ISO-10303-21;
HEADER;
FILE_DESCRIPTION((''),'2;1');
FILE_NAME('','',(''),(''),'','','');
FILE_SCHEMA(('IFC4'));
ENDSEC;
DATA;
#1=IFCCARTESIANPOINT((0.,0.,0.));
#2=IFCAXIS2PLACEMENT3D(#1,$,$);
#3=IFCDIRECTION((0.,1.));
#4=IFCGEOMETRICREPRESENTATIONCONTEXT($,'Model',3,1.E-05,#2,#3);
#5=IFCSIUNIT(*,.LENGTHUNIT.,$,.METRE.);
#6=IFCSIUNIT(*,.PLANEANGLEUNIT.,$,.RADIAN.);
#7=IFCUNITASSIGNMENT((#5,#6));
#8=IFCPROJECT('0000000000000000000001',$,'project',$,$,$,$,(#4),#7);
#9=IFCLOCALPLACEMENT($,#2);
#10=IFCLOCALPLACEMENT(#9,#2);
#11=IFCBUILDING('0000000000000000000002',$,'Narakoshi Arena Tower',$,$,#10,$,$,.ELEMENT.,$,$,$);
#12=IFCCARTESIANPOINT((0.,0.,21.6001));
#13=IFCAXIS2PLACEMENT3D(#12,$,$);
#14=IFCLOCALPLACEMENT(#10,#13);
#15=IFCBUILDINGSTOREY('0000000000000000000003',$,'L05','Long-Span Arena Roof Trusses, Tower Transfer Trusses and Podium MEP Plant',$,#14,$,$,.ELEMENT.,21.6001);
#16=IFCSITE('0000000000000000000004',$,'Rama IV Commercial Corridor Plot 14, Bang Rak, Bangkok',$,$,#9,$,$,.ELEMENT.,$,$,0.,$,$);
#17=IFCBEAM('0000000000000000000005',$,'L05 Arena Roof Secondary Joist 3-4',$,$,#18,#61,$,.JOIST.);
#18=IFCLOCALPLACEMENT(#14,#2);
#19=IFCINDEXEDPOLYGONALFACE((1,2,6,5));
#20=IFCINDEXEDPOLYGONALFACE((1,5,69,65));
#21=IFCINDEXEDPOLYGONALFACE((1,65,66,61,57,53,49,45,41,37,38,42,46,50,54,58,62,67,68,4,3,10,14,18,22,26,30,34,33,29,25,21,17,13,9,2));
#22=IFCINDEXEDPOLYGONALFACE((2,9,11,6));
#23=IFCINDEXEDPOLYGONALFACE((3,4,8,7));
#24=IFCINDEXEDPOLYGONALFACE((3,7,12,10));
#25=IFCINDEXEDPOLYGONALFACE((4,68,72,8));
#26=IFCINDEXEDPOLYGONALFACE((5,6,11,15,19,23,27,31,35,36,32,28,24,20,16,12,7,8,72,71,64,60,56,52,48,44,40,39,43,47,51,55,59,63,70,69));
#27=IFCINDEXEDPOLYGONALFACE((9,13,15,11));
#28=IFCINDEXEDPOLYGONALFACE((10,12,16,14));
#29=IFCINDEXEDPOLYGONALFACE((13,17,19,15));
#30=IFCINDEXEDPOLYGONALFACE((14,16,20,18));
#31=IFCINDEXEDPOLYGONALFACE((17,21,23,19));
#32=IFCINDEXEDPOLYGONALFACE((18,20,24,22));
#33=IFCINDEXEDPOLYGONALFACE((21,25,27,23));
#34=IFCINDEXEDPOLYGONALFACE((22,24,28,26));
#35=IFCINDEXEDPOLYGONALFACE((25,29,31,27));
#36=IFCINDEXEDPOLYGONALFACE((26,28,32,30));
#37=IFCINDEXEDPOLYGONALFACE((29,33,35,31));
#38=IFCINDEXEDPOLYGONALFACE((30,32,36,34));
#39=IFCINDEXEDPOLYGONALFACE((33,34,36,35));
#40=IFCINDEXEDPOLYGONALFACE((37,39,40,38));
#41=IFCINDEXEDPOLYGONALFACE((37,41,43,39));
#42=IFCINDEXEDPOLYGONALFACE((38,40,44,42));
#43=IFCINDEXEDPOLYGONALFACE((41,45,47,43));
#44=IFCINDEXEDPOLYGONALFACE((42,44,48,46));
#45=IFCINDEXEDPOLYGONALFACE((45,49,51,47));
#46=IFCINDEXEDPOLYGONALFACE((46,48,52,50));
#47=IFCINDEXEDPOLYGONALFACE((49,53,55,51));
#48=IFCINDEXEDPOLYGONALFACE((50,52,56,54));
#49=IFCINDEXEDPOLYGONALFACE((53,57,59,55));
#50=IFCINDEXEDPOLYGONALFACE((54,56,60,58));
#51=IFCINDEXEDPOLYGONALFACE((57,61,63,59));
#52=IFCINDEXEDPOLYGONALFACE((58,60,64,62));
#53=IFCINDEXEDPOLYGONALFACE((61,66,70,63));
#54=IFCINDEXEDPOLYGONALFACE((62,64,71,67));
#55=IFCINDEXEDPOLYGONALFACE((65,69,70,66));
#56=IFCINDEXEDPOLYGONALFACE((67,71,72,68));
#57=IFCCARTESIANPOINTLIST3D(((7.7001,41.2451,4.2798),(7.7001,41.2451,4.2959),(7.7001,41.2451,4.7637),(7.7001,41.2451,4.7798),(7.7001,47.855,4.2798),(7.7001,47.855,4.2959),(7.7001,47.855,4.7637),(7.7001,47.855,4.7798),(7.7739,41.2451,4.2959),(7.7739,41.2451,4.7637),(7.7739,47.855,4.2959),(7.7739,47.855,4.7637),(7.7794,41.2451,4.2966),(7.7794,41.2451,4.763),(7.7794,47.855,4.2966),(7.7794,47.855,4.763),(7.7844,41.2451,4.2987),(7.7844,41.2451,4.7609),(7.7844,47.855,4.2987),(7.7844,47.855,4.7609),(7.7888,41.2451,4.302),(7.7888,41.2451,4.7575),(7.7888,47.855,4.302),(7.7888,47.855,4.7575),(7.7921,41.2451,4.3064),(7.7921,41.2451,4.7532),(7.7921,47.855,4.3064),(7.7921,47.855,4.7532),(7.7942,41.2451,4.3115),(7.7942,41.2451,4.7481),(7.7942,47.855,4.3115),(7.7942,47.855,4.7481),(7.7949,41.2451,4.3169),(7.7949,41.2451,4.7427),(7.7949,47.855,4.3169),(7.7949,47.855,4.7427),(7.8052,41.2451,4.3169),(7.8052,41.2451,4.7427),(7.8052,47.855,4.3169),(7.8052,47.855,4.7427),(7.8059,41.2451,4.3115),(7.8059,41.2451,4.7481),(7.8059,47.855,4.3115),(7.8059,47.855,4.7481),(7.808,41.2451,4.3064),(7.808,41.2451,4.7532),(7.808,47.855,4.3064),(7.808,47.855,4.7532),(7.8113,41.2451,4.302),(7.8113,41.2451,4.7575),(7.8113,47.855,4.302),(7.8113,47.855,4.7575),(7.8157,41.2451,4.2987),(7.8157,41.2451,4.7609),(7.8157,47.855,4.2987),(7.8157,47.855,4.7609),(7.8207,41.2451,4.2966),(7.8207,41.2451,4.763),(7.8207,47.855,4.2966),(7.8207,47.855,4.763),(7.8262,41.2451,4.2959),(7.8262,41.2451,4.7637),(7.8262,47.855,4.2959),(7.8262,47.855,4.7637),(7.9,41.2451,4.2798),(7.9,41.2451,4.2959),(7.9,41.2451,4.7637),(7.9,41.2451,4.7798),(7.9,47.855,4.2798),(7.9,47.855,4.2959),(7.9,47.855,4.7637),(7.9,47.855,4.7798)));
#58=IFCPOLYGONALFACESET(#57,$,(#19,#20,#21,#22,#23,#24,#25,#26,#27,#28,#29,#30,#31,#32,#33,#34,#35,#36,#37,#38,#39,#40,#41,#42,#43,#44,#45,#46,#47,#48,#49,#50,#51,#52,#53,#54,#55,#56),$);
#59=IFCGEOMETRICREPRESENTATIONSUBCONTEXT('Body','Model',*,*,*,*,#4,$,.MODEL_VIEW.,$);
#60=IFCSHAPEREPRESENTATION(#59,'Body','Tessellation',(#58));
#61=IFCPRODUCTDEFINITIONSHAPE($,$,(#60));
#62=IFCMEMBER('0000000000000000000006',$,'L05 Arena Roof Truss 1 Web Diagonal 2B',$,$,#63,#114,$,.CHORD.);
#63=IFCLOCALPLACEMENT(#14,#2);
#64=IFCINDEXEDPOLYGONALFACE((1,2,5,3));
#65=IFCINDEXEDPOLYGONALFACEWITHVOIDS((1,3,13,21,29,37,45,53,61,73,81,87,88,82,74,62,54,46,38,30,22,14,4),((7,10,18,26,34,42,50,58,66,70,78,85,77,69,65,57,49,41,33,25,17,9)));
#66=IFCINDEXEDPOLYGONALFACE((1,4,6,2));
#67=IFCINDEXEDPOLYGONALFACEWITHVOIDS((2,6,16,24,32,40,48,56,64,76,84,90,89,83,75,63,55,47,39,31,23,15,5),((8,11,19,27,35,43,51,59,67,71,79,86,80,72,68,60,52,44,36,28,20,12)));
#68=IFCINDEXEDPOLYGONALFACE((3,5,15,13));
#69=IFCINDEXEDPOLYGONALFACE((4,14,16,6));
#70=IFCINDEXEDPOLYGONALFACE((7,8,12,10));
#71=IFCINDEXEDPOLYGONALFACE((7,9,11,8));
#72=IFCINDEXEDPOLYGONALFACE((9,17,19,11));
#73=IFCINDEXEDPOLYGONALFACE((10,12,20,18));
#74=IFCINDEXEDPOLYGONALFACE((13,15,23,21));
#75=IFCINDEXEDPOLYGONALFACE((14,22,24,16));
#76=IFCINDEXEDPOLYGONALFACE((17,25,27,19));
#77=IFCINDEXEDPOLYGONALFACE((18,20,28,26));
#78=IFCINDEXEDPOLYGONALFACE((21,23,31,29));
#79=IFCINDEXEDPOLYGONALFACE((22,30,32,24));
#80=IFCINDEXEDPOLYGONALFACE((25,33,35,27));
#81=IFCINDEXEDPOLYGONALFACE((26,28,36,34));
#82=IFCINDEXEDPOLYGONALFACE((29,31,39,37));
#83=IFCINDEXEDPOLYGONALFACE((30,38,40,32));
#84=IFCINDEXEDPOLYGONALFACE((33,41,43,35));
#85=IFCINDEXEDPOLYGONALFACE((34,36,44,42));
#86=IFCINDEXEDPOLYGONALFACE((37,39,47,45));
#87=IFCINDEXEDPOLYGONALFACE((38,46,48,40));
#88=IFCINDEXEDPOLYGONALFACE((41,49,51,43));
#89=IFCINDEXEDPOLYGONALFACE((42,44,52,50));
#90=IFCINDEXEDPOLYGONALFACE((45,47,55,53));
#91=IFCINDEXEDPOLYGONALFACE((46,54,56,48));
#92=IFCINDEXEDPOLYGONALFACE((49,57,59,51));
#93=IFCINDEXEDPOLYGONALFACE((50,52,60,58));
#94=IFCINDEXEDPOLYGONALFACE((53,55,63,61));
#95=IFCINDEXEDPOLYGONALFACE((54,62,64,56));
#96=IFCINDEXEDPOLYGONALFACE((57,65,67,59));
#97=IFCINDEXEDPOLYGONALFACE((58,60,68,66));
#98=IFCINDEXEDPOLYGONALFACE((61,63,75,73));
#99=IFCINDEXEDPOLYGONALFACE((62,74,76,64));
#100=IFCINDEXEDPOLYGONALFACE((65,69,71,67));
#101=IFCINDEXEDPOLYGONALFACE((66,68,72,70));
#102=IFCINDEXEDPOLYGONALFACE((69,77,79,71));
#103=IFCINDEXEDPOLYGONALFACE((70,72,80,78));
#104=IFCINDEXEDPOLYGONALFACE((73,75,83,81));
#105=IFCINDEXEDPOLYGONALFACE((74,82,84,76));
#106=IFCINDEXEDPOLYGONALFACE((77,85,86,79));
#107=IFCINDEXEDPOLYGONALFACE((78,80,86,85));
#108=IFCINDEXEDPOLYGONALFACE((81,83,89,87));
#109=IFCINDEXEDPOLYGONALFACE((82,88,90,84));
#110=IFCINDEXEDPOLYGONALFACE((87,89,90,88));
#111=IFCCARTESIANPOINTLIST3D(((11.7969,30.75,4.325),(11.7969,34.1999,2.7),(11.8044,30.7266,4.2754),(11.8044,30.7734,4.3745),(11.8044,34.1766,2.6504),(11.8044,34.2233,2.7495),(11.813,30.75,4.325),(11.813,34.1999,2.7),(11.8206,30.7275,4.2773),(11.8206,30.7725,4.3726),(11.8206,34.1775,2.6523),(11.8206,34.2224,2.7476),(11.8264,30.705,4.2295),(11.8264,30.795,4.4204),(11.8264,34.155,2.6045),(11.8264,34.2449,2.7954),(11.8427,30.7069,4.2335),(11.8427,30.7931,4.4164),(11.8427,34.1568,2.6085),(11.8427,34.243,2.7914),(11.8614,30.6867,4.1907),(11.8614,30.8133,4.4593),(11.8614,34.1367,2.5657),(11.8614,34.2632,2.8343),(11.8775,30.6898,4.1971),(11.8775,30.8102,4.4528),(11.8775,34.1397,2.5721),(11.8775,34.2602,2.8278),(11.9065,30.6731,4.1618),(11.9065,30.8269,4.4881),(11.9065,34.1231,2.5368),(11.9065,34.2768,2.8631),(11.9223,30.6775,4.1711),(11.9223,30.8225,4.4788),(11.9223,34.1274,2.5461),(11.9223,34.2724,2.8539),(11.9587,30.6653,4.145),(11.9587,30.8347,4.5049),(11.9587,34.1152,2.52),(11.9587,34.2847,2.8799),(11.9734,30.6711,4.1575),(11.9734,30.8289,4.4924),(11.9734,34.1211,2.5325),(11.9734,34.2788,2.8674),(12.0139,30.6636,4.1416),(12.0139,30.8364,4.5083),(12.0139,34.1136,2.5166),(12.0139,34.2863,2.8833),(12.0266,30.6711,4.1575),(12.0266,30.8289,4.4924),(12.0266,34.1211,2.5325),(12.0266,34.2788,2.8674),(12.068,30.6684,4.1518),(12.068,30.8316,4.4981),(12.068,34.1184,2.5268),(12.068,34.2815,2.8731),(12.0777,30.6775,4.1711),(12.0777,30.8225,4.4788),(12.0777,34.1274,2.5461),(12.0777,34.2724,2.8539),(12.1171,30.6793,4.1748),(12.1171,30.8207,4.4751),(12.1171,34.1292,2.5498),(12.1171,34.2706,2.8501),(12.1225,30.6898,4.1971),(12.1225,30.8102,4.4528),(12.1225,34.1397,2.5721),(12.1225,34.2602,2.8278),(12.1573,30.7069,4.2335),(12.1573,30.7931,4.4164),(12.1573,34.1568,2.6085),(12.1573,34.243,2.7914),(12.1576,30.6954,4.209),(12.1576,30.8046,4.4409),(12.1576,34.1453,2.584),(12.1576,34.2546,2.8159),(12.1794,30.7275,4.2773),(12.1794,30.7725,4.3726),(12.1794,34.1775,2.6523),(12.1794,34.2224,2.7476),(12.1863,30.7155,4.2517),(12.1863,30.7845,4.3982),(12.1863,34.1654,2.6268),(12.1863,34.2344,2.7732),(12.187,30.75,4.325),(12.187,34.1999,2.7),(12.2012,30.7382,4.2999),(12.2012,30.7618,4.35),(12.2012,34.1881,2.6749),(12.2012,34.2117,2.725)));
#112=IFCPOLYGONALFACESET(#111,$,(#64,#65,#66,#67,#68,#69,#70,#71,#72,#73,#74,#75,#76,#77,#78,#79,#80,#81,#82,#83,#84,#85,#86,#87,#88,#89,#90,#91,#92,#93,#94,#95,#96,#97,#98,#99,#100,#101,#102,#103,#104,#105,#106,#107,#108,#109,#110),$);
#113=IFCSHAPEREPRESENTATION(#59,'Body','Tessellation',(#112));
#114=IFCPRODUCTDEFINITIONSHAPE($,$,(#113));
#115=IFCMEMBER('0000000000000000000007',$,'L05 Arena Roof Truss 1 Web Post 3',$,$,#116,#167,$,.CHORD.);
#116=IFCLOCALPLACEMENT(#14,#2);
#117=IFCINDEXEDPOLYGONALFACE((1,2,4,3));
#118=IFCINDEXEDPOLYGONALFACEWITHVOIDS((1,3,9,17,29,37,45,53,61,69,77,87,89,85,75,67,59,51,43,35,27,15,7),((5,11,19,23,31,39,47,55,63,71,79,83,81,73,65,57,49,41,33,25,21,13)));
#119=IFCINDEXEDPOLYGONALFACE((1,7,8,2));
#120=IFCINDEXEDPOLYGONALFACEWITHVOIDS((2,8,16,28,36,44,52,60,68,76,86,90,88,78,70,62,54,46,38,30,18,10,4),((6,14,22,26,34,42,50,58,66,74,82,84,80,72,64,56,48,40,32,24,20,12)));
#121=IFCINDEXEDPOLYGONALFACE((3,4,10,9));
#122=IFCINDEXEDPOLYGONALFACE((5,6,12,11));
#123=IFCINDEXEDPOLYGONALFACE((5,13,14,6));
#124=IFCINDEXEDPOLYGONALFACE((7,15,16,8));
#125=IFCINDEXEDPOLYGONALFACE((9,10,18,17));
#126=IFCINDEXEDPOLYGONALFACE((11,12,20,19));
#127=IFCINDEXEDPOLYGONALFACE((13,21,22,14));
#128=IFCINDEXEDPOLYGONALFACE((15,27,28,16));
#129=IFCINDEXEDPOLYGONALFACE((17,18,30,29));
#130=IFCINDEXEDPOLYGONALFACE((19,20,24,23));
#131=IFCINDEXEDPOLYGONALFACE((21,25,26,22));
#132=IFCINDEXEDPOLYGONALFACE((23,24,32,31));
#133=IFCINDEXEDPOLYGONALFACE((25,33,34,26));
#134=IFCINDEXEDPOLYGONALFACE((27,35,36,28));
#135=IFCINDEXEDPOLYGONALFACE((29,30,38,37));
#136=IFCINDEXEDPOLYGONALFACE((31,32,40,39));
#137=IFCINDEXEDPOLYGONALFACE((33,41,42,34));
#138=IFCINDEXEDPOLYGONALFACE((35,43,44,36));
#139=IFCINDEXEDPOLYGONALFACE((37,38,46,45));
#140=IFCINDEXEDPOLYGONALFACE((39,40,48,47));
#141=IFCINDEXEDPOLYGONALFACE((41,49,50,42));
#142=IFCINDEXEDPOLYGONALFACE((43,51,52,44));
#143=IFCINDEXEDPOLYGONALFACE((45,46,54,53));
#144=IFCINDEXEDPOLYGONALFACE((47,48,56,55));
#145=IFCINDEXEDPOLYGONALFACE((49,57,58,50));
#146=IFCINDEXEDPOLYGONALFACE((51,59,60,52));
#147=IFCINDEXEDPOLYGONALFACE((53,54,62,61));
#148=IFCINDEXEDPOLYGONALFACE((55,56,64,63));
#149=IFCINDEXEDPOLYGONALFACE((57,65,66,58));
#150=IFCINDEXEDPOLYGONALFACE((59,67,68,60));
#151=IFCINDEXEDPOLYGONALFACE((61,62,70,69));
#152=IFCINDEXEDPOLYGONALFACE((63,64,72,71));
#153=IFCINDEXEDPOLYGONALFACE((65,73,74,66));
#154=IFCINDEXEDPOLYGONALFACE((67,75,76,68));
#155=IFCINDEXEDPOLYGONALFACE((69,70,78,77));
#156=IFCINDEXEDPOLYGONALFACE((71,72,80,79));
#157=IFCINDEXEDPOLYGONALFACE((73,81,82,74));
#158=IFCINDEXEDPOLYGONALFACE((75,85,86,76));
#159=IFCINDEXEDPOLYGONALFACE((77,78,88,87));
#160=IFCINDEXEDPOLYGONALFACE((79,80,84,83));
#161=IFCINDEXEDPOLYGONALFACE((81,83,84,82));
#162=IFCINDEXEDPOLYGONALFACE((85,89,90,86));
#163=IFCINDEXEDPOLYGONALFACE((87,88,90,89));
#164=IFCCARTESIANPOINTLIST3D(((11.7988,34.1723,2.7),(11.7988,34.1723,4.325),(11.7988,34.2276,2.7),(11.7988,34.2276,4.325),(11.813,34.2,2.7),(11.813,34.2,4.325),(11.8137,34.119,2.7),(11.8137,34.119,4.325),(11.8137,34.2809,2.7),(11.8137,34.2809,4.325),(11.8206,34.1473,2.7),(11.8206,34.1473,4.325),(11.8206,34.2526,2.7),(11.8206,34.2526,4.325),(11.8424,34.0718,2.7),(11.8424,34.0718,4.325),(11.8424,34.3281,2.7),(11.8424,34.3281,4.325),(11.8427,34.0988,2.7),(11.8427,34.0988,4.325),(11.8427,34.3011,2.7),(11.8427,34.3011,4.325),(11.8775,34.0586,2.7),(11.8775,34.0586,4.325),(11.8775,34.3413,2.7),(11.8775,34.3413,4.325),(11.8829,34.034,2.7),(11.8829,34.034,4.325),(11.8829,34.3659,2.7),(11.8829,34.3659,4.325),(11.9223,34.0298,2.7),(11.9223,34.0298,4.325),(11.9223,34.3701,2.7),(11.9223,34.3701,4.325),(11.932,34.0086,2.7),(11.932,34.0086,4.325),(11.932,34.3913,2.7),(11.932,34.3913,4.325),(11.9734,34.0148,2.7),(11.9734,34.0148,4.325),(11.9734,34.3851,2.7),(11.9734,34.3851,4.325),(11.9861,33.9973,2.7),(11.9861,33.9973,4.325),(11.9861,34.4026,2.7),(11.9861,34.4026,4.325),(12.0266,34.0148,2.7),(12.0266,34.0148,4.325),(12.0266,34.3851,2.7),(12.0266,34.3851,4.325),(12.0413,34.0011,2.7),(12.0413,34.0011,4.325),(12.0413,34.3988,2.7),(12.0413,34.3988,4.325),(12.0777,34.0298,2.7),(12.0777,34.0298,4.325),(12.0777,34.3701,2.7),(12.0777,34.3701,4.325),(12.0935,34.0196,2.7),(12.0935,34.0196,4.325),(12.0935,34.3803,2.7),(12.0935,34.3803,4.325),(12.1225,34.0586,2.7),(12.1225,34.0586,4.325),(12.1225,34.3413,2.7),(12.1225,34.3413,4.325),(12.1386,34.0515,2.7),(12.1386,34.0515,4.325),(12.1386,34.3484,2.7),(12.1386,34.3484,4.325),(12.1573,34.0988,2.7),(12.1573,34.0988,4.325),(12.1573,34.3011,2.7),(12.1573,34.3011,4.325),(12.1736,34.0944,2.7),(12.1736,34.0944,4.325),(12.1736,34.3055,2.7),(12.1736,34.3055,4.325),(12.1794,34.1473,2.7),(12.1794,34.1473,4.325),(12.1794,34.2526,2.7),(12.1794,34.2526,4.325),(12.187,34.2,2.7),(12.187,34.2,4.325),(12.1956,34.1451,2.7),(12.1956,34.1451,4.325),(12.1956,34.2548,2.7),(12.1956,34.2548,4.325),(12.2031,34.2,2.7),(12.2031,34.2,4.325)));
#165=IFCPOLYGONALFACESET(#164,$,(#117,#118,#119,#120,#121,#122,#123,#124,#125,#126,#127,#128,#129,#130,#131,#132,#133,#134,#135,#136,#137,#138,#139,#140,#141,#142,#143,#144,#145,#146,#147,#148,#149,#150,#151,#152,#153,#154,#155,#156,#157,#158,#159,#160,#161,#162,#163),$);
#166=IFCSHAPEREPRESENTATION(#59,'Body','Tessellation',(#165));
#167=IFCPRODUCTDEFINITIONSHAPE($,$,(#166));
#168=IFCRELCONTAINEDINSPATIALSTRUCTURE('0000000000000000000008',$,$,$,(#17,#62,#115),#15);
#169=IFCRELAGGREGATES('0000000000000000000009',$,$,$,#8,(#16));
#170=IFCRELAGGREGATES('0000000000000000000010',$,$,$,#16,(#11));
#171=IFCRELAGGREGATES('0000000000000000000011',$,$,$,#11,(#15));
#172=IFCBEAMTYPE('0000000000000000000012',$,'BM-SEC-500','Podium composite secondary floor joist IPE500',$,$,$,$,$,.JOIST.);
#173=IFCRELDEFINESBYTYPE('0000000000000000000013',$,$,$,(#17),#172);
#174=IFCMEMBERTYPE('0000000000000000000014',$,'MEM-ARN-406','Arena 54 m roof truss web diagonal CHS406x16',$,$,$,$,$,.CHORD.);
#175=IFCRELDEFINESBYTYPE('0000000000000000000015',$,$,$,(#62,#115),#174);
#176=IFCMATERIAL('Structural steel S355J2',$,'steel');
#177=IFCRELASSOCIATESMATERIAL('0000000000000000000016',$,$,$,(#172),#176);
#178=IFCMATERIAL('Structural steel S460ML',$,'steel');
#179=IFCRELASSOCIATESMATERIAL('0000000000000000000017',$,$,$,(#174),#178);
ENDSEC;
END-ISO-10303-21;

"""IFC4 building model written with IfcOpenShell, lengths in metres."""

from ifc_helpers import new_model, si_unit, direction, frame, origin, origin_2d, place, context, subcontext, project, spatial, hollow_circle, i_section, extrude, material, material_profile, profile_set, type_object, element, save


model = new_model("IFC4")

# Units and contexts
model_context = context("Model", 3, precision=1e-05, world=origin(), true_north=direction((0.0, 1.0)))
body_context = subcontext(model_context, "Body", "Model", "MODEL_VIEW")
ifc_project = project(units=[si_unit("LENGTHUNIT", "METRE"), si_unit("PLANEANGLEUNIT", "RADIAN")], contexts=[model_context])

# Site, building, storey
site_placement = place(None, origin())
site = spatial("IfcSite", under=ifc_project, at=site_placement, Name="Rama IV Commercial Corridor Plot 14, Bang Rak, Bangkok", CompositionType="ELEMENT", RefElevation=0.0)
building_placement = place(site_placement, origin())
building = spatial("IfcBuilding", under=site, at=building_placement, Name="Narakoshi Arena Tower", CompositionType="ELEMENT")
storey_placement = place(building_placement, frame((0.0, 0.0, 21.6001)))
storey = spatial("IfcBuildingStorey", under=building, at=storey_placement, Name="L05", Description="Long-Span Arena Roof Trusses, Tower Transfer Trusses and Podium MEP Plant", CompositionType="ELEMENT", Elevation=21.6001)

# Beam
ifc_material_1 = material(Name="Structural steel S355J2", Category="steel")
ifc_material_2 = material(Name="Structural steel S460ML", Category="steel")
ifc_material_profile_1 = material_profile(ifc_material_1, i_section(OverallWidth=0.2, OverallDepth=0.5, WebThickness=0.0103, FlangeThickness=0.0161, FilletRadius=0.021, at=origin_2d()), Name="IPE500")
ifc_profile_set_1 = profile_set([ifc_material_profile_1], Name="Structural steel S355J2")
beam_type_1 = type_object("IfcBeamType", Name="BM-SEC-500", Description="Podium composite secondary floor joist IPE500", PredefinedType="JOIST", material=ifc_profile_set_1)
beam_1_placement = place(storey_placement, frame((7.8, 41.2451, 4.5298), z_axis=(0.0, 1.0, 0.0), x_axis=(-1.0, 0.0, 0.0)))
element("IfcBeam", 1, at=beam_1_placement, inside=storey, type_object=beam_type_1, Name="L05 Arena Roof Secondary Joist 3-4", PredefinedType="JOIST", context=body_context, shape_type="SweptSolid", body=[
    extrude(i_section(OverallWidth=0.2, OverallDepth=0.5, WebThickness=0.0103, FlangeThickness=0.0161, FilletRadius=0.021, at=origin_2d()), origin(), (0.0, 0.0, 1.0), 6.6099),
])

# Members
ifc_material_profile_2 = material_profile(ifc_material_2, hollow_circle(Radius=0.2031, WallThickness=0.0161, at=origin_2d()), Name="CHS406x16")
ifc_profile_set_2 = profile_set([ifc_material_profile_2], Name="Structural steel S460ML")
member_type_1 = type_object("IfcMemberType", Name="MEM-ARN-406", Description="Arena 54 m roof truss web diagonal CHS406x16", PredefinedType="CHORD", material=ifc_profile_set_2)
member_1_placement = place(storey_placement, frame((12.0, 30.75, 4.325), z_axis=(0.0, 0.904668, -0.426118), x_axis=(-1.0, 0.0, 0.0)))
element("IfcMember", 2, at=member_1_placement, inside=storey, type_object=member_type_1, Name="L05 Arena Roof Truss 1 Web Diagonal 2B", PredefinedType="CHORD", context=body_context, shape_type="SweptSolid", body=[
    extrude(hollow_circle(Radius=0.2031, WallThickness=0.0161, at=origin_2d()), origin(), (0.0, 0.0, 1.0), 3.8135),
])
member_2_placement = place(storey_placement, frame((12.0, 34.2, 2.7), z_axis=(0.0, 0.0, 1.0), x_axis=(1.0, 0.0, 0.0)))
element("IfcMember", 3, at=member_2_placement, inside=storey, type_object=member_type_1, Name="L05 Arena Roof Truss 1 Web Post 3", PredefinedType="CHORD", context=body_context, shape_type="SweptSolid", body=[
    extrude(hollow_circle(Radius=0.2031, WallThickness=0.0161, at=origin_2d()), origin(), (0.0, 0.0, 1.0), 1.625),
])

save(model, "model.ifc")
